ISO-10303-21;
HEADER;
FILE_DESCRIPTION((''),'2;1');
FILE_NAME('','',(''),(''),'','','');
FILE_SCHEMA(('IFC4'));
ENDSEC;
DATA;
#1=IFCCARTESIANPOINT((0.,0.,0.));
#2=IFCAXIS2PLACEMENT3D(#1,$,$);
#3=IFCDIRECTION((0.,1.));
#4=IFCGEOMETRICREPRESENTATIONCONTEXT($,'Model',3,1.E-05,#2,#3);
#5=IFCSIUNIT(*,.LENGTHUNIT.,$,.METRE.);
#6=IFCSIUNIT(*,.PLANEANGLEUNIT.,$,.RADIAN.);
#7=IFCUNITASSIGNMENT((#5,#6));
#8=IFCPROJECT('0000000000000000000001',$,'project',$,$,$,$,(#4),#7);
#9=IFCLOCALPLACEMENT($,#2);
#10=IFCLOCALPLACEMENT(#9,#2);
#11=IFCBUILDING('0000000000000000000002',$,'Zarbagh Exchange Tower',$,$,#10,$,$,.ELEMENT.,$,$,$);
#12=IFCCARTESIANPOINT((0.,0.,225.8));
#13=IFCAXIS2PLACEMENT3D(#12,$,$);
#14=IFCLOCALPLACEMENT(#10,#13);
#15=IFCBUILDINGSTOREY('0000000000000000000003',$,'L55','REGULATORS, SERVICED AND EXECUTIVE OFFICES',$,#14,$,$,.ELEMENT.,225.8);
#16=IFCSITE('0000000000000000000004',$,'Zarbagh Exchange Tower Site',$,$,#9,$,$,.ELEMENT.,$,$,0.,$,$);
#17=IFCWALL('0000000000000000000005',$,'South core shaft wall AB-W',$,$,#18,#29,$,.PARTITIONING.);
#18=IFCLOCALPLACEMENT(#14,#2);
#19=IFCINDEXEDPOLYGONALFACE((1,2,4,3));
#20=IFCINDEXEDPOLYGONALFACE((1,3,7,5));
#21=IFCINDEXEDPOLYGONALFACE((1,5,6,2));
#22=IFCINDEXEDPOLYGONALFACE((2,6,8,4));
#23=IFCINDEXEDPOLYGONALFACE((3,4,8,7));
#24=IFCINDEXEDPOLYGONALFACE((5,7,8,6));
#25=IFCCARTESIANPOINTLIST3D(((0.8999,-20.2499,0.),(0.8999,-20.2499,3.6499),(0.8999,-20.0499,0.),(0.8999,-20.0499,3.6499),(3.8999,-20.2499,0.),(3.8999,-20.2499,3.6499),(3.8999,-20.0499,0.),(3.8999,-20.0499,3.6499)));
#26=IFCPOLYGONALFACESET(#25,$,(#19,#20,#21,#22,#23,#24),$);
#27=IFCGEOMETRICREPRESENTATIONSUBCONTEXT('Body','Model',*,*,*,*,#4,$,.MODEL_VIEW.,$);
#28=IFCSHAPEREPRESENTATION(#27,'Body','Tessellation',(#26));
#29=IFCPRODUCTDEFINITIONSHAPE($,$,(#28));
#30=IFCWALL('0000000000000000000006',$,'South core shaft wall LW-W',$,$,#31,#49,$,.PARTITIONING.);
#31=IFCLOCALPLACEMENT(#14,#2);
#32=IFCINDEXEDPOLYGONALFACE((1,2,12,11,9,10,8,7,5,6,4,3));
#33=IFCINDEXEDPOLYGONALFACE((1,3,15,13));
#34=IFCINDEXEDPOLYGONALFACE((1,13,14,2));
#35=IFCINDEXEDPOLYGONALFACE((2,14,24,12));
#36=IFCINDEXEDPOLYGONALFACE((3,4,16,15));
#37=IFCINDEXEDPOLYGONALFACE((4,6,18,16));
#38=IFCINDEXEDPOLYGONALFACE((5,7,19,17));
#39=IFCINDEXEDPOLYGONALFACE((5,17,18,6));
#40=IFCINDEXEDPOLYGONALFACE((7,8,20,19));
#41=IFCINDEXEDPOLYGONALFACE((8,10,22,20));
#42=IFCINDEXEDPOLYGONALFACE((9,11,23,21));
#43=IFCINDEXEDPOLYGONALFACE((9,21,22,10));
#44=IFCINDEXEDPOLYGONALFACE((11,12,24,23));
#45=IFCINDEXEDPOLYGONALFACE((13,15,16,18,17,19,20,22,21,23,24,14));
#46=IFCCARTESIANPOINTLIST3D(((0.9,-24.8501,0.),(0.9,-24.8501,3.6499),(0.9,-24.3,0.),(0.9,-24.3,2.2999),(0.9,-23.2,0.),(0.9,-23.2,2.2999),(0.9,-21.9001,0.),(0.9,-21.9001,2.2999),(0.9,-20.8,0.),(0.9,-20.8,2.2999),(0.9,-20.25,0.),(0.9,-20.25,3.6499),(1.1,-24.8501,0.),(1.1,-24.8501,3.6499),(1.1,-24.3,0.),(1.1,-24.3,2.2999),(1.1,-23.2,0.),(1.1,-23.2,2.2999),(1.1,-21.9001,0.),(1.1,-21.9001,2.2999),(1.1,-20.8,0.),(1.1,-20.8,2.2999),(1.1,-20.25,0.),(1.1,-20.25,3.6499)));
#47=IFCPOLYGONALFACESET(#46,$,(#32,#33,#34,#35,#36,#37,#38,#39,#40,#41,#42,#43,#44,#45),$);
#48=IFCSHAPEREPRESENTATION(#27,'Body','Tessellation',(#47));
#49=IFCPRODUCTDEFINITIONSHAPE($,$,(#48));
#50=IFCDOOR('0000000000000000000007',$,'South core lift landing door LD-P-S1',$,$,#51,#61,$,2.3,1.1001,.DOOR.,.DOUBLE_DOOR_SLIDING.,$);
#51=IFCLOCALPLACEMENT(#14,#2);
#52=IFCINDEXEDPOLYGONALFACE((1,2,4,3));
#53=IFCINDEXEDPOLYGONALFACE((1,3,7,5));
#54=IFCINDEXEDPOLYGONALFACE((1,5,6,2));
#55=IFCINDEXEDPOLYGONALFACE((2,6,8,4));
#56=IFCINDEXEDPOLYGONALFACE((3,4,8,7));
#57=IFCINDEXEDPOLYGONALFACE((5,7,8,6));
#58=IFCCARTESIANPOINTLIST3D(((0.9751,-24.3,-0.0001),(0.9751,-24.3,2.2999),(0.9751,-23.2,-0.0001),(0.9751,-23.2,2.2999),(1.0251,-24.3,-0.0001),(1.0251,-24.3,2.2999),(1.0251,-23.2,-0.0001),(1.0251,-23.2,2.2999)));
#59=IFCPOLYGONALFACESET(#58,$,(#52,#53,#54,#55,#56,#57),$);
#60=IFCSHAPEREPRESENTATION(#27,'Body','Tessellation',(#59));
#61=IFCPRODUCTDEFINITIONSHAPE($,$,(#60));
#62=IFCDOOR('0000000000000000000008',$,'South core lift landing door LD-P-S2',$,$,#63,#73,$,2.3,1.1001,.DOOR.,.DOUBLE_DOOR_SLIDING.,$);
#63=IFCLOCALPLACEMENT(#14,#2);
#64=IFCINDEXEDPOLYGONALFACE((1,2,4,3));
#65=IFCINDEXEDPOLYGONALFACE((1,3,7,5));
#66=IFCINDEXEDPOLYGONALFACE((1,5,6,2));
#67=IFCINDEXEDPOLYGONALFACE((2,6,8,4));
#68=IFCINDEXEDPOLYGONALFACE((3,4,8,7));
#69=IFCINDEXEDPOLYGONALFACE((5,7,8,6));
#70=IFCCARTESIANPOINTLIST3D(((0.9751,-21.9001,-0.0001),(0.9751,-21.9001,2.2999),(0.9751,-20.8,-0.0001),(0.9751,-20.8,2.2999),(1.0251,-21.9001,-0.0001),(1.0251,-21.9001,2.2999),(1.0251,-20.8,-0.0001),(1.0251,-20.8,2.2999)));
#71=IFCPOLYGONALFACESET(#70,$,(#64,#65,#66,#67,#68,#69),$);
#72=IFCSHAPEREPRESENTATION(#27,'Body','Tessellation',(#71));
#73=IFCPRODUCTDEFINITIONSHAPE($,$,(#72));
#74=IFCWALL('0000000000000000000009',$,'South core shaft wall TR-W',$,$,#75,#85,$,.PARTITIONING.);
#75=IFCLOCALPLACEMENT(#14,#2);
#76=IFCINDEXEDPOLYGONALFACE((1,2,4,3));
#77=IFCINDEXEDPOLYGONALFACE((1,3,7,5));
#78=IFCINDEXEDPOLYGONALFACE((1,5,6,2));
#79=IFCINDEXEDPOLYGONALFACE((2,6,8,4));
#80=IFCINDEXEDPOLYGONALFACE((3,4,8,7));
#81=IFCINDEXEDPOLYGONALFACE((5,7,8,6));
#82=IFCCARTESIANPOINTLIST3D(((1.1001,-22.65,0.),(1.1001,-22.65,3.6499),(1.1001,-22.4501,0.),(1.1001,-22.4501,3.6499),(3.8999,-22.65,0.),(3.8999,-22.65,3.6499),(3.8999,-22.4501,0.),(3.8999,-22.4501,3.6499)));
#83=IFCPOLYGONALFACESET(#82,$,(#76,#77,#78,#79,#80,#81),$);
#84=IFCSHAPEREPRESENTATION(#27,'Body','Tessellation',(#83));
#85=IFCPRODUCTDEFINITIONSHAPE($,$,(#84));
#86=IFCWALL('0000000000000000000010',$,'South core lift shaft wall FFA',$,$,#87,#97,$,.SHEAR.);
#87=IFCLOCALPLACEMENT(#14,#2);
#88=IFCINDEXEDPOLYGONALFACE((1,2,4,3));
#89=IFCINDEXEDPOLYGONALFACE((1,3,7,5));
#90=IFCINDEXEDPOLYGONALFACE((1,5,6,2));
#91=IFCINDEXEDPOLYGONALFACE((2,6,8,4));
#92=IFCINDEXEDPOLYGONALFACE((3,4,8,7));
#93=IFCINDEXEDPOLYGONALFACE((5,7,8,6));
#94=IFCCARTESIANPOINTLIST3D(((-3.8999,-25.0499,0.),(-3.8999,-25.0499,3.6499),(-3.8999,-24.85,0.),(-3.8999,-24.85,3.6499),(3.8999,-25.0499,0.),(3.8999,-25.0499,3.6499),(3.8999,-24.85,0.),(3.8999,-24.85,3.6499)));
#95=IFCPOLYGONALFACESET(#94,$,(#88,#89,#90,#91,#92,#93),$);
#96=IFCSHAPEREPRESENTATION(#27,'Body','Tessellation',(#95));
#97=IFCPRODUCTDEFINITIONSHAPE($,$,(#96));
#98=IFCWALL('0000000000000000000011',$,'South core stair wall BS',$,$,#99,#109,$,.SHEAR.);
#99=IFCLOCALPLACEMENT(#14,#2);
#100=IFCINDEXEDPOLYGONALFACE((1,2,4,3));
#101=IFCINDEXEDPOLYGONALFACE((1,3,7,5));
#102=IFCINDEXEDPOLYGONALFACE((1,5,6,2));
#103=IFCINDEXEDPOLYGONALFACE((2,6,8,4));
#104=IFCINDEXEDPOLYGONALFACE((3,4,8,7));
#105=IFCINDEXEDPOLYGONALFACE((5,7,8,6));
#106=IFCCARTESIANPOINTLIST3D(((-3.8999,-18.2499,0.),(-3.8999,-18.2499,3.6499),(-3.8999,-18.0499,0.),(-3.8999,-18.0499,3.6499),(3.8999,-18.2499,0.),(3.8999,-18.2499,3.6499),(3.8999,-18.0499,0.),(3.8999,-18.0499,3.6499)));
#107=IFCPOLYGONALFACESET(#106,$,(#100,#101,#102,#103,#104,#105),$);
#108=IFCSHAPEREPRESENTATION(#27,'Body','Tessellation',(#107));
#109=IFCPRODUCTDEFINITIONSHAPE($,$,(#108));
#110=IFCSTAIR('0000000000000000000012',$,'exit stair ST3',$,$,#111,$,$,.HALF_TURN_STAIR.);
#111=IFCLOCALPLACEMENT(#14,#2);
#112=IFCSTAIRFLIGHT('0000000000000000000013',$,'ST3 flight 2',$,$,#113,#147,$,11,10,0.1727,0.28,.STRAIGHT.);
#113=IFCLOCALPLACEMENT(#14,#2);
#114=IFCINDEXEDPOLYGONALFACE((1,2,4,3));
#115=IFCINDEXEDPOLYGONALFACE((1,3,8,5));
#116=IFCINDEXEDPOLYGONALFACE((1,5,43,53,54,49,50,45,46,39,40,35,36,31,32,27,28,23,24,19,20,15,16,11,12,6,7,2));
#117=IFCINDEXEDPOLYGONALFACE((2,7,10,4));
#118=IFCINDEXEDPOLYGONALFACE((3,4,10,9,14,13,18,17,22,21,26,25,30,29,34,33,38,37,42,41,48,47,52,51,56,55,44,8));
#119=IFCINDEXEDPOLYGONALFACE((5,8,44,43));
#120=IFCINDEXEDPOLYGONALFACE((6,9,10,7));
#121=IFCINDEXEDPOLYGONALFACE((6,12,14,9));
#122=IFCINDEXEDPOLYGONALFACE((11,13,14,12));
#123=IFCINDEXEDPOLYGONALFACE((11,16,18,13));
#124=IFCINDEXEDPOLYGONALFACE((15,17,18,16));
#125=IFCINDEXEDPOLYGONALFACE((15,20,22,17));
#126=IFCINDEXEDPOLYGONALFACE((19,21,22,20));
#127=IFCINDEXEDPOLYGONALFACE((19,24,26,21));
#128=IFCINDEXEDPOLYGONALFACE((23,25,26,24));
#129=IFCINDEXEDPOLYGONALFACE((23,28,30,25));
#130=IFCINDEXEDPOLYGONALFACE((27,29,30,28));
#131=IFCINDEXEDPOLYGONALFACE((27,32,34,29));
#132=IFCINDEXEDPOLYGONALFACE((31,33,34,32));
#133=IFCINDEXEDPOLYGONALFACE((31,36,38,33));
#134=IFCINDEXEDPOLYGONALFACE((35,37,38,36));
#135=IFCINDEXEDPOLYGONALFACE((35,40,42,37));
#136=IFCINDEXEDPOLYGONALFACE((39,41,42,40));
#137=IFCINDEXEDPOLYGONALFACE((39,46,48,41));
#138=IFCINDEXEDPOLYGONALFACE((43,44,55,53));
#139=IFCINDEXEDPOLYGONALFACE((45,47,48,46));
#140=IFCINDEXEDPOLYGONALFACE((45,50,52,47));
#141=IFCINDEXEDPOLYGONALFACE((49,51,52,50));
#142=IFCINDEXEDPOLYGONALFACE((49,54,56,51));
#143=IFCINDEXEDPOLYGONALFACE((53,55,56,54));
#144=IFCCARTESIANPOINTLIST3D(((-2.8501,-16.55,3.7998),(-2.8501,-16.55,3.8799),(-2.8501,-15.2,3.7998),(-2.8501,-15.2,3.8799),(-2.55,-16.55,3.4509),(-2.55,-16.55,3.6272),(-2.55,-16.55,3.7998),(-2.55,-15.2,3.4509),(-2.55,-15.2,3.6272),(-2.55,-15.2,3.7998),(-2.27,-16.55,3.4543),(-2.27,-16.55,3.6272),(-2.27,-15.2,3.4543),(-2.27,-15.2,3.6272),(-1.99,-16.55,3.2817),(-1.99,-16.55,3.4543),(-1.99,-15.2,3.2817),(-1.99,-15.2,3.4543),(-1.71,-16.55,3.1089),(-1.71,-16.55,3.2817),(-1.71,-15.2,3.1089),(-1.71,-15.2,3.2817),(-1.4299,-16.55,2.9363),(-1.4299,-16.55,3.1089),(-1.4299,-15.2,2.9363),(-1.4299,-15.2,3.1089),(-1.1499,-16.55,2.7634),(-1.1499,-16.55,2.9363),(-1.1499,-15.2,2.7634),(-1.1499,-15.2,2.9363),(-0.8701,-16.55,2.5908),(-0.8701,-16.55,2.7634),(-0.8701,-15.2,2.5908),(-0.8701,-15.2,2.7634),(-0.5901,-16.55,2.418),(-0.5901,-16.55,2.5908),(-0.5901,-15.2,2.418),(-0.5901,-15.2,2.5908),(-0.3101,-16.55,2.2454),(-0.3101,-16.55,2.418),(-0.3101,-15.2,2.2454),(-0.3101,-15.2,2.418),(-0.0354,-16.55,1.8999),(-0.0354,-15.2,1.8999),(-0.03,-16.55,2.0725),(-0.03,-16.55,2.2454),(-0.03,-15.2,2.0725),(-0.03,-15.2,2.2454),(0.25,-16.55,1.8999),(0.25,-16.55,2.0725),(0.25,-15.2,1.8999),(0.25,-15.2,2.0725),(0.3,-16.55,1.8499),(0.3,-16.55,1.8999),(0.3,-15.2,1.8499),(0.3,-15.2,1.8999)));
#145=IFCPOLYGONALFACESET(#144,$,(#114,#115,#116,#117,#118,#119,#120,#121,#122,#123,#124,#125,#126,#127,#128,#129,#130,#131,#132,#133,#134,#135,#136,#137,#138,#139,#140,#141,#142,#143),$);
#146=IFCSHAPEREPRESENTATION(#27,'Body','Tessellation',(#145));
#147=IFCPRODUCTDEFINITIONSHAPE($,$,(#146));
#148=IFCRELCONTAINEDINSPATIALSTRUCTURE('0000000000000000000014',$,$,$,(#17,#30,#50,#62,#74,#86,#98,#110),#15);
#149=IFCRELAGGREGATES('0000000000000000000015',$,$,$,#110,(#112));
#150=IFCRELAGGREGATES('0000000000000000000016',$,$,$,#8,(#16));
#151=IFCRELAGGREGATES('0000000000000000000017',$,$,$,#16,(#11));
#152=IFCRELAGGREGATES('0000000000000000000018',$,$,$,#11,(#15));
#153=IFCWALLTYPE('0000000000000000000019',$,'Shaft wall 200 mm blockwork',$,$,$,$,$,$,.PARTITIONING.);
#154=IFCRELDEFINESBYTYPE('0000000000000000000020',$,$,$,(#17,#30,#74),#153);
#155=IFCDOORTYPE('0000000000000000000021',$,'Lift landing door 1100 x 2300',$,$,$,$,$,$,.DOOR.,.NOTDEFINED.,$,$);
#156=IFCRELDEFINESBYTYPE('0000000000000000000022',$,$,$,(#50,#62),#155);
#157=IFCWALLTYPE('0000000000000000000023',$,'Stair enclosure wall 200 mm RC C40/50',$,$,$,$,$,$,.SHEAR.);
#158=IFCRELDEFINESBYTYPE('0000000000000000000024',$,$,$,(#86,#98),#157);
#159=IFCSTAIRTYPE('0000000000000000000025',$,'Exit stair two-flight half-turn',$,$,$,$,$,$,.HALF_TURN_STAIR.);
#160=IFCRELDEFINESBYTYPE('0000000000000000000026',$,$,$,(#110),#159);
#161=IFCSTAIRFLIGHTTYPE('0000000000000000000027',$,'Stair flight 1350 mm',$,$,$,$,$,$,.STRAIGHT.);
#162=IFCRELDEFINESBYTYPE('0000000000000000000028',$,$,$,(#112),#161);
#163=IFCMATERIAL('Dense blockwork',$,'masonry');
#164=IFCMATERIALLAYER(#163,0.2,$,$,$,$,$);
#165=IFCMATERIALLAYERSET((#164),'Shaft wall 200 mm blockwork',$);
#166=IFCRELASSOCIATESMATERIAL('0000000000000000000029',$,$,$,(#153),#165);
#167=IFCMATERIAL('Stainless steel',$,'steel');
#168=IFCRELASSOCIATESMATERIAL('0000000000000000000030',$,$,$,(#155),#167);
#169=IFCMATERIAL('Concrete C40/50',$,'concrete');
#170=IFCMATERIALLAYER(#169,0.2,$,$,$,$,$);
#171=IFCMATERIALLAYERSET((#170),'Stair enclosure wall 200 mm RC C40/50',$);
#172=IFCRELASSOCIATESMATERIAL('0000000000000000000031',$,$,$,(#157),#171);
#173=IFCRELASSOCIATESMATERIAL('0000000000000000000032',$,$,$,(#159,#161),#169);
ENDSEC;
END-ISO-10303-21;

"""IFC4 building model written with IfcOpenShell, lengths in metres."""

from ifc_helpers import new_model, si_unit, direction, frame, frame_2d, origin, place, context, subcontext, project, spatial, polyline, rectangle, outline, extrude, material, layer, layer_set, type_object, element, fill, aggregate, save


model = new_model("IFC4")

# Units and contexts
model_context = context("Model", 3, precision=1e-05, world=origin(), true_north=direction((0.0, 1.0)))
body_context = subcontext(model_context, "Body", "Model", "MODEL_VIEW")
ifc_project = project(units=[si_unit("LENGTHUNIT", "METRE"), si_unit("PLANEANGLEUNIT", "RADIAN")], contexts=[model_context])

# Site, building, storey
site_placement = place(None, origin())
site = spatial("IfcSite", under=ifc_project, at=site_placement, Name="Zarbagh Exchange Tower Site", CompositionType="ELEMENT", RefElevation=0.0)
building_placement = place(site_placement, origin())
building = spatial("IfcBuilding", under=site, at=building_placement, Name="Zarbagh Exchange Tower", CompositionType="ELEMENT")
storey_placement = place(building_placement, frame((0.0, 0.0, 225.8)))
storey = spatial("IfcBuildingStorey", under=building, at=storey_placement, Name="L55", Description="REGULATORS, SERVICED AND EXECUTIVE OFFICES", CompositionType="ELEMENT", Elevation=225.8)

# Wall
ifc_material_1 = material(Name="Dense blockwork", Category="masonry")
ifc_layer_1 = layer(ifc_material_1, 0.2)
ifc_layer_set_1 = layer_set([ifc_layer_1], Name="Shaft wall 200 mm blockwork")
wall_type_1 = type_object("IfcWallType", Name="Shaft wall 200 mm blockwork", PredefinedType="PARTITIONING", material=ifc_layer_set_1)
wall_1_placement = place(storey_placement, frame((3.8999, -20.1499, 0.0), z_axis=(0.0, 0.0, 1.0), x_axis=(-1.0, 0.0, 0.0)))
element("IfcWall", 1, at=wall_1_placement, inside=storey, type_object=wall_type_1, Name="South core shaft wall AB-W", PredefinedType="PARTITIONING", context=body_context, shape_type="SweptSolid", body=[
    extrude(rectangle(XDim=3.0, YDim=0.2, at=frame_2d((1.5, 0.0))), origin(), (0.0, 0.0, 1.0), 3.6499),
])

# Wall, openings, doors
wall_2_placement = place(storey_placement, frame((1.0, -24.8501, 0.0), z_axis=(0.0, 0.0, 1.0), x_axis=(0.0, 1.0, 0.0)))
wall_2 = element("IfcWall", 2, at=wall_2_placement, inside=storey, type_object=wall_type_1, Name="South core shaft wall LW-W", PredefinedType="PARTITIONING", context=body_context, shape_type="SweptSolid", body=[
    extrude(rectangle(XDim=4.6001, YDim=0.2, at=frame_2d((2.3, 0.0))), origin(), (0.0, 0.0, 1.0), 3.6499),
])
opening_1_placement = place(wall_2_placement, frame((0.55, 0.0, 0.0)))
opening_1 = element("IfcOpeningElement", 3, at=opening_1_placement, cuts=wall_2, PredefinedType="OPENING", context=body_context, shape_type="SweptSolid", body=[
    extrude(rectangle(XDim=1.1001, YDim=2.3, at=frame_2d((0.55, 1.1499))), frame((0.0, 0.1099, 0.0), z_axis=(0.0, -1.0, 0.0), x_axis=(1.0, 0.0, 0.0)), (0.0, 0.0, 1.0), 0.22),
])
opening_2_placement = place(wall_2_placement, frame((2.95, 0.0, 0.0)))
opening_2 = element("IfcOpeningElement", 4, at=opening_2_placement, cuts=wall_2, PredefinedType="OPENING", context=body_context, shape_type="SweptSolid", body=[
    extrude(rectangle(XDim=1.1001, YDim=2.3, at=frame_2d((0.55, 1.1499))), frame((0.0, 0.1099, 0.0), z_axis=(0.0, -1.0, 0.0), x_axis=(1.0, 0.0, 0.0)), (0.0, 0.0, 1.0), 0.22),
])
ifc_material_2 = material(Name="Stainless steel", Category="steel")
door_type_1 = type_object("IfcDoorType", Name="Lift landing door 1100 x 2300", OperationType="NOTDEFINED", PredefinedType="DOOR", material=ifc_material_2)
door_1_placement = place(opening_1_placement, origin())
door_1 = element("IfcDoor", 5, at=door_1_placement, inside=storey, type_object=door_type_1, Name="South core lift landing door LD-P-S1", OperationType="DOUBLE_DOOR_SLIDING", OverallHeight=2.3, OverallWidth=1.1001, PredefinedType="DOOR", context=body_context, shape_type="SweptSolid", body=[
    extrude(rectangle(XDim=1.1001, YDim=2.3, at=frame_2d((0.55, 1.1499))), frame((0.0, 0.0249, 0.0), z_axis=(0.0, -1.0, 0.0), x_axis=(1.0, 0.0, 0.0)), (0.0, 0.0, 1.0), 0.05),
])
fill(opening_1, door_1)
door_2_placement = place(opening_2_placement, origin())
door_2 = element("IfcDoor", 6, at=door_2_placement, inside=storey, type_object=door_type_1, Name="South core lift landing door LD-P-S2", OperationType="DOUBLE_DOOR_SLIDING", OverallHeight=2.3, OverallWidth=1.1001, PredefinedType="DOOR", context=body_context, shape_type="SweptSolid", body=[
    extrude(rectangle(XDim=1.1001, YDim=2.3, at=frame_2d((0.55, 1.1499))), frame((0.0, 0.0249, 0.0), z_axis=(0.0, -1.0, 0.0), x_axis=(1.0, 0.0, 0.0)), (0.0, 0.0, 1.0), 0.05),
])
fill(opening_2, door_2)

# Walls
wall_3_placement = place(storey_placement, frame((3.8999, -22.55, 0.0), z_axis=(0.0, 0.0, 1.0), x_axis=(-1.0, 0.0, 0.0)))
element("IfcWall", 7, at=wall_3_placement, inside=storey, type_object=wall_type_1, Name="South core shaft wall TR-W", PredefinedType="PARTITIONING", context=body_context, shape_type="SweptSolid", body=[
    extrude(rectangle(XDim=2.7998, YDim=0.2, at=frame_2d((1.3999, 0.0))), origin(), (0.0, 0.0, 1.0), 3.6499),
])
ifc_material_3 = material(Name="Concrete C40/50", Category="concrete")
ifc_layer_2 = layer(ifc_material_3, 0.2)
ifc_layer_set_2 = layer_set([ifc_layer_2], Name="Stair enclosure wall 200 mm RC C40/50")
wall_type_2 = type_object("IfcWallType", Name="Stair enclosure wall 200 mm RC C40/50", PredefinedType="SHEAR", material=ifc_layer_set_2)
for number, where, z_axis, x_axis, name in (
    (8, (3.8999, -24.95, 0.0), (0.0, 0.0, 1.0), (-1.0, 0.0, 0.0), "South core lift shaft wall FFA"),
    (9, (3.8999, -18.1499, 0.0), (0.0, 0.0, 1.0), (-1.0, 0.0, 0.0), "South core stair wall BS"),
):
    element("IfcWall", number, at=place(storey_placement, frame(where, z_axis=z_axis, x_axis=x_axis)), inside=storey, type_object=wall_type_2, Name=name, PredefinedType="SHEAR", context=body_context, shape_type="SweptSolid", body=[
        extrude(rectangle(XDim=7.7998, YDim=0.2, at=frame_2d((3.8999, 0.0))), origin(), (0.0, 0.0, 1.0), 3.6499),
    ])

# Stair, stair flight
stair_type = type_object("IfcStairType", Name="Exit stair two-flight half-turn", PredefinedType="HALF_TURN_STAIR", material=ifc_material_3)
stair_1_placement = place(storey_placement, origin())
stair_1 = element("IfcStair", 10, at=stair_1_placement, inside=storey, type_object=stair_type, Name="exit stair ST3", PredefinedType="HALF_TURN_STAIR")
stair_flight_type_1 = type_object("IfcStairFlightType", Name="Stair flight 1350 mm", PredefinedType="STRAIGHT", material=ifc_material_3)
stair_flight_1_placement = place(storey_placement, frame((0.25, -15.875, 1.8999), z_axis=(0.0, 0.0, 1.0), x_axis=(-1.0, 0.0, 0.0)))
stair_flight_1 = element("IfcStairFlight", 11, at=stair_flight_1_placement, type_object=stair_flight_type_1, Name="ST3 flight 2", NumberOfRisers=11, NumberOfTreads=10, PredefinedType="STRAIGHT", RiserHeight=0.1727, TreadLength=0.28, context=body_context, shape_type="SweptSolid", body=[
    extrude(outline(polyline([(-0.05, -0.05), (-0.05, 0.0), (0.0, 0.0), (0.0, 0.1726), (0.28, 0.1726), (0.28, 0.3455), (0.5601, 0.3455), (0.5601, 0.5181), (0.8401, 0.5181), (0.8401, 0.6909), (1.1201, 0.6909), (1.1201, 0.8635), (1.3999, 0.8635), (1.3999, 1.0364), (1.6799, 1.0364), (1.6799, 1.209), (1.96, 1.209), (1.96, 1.3818), (2.24, 1.3818), (2.24, 1.5544), (2.52, 1.5544), (2.52, 1.7273), (2.8, 1.7273), (2.8, 1.8999), (3.1001, 1.98), (3.1001, 1.8999), (2.8, 1.551), (0.2854, 0.0), (-0.05, -0.05)])), frame((0.0, 0.675, 0.0), z_axis=(0.0, -1.0, 0.0), x_axis=(1.0, 0.0, 0.0)), (0.0, 0.0, 1.0), 1.3501),
])
aggregate(stair_1, [stair_flight_1])

save(model, "model.ifc")
